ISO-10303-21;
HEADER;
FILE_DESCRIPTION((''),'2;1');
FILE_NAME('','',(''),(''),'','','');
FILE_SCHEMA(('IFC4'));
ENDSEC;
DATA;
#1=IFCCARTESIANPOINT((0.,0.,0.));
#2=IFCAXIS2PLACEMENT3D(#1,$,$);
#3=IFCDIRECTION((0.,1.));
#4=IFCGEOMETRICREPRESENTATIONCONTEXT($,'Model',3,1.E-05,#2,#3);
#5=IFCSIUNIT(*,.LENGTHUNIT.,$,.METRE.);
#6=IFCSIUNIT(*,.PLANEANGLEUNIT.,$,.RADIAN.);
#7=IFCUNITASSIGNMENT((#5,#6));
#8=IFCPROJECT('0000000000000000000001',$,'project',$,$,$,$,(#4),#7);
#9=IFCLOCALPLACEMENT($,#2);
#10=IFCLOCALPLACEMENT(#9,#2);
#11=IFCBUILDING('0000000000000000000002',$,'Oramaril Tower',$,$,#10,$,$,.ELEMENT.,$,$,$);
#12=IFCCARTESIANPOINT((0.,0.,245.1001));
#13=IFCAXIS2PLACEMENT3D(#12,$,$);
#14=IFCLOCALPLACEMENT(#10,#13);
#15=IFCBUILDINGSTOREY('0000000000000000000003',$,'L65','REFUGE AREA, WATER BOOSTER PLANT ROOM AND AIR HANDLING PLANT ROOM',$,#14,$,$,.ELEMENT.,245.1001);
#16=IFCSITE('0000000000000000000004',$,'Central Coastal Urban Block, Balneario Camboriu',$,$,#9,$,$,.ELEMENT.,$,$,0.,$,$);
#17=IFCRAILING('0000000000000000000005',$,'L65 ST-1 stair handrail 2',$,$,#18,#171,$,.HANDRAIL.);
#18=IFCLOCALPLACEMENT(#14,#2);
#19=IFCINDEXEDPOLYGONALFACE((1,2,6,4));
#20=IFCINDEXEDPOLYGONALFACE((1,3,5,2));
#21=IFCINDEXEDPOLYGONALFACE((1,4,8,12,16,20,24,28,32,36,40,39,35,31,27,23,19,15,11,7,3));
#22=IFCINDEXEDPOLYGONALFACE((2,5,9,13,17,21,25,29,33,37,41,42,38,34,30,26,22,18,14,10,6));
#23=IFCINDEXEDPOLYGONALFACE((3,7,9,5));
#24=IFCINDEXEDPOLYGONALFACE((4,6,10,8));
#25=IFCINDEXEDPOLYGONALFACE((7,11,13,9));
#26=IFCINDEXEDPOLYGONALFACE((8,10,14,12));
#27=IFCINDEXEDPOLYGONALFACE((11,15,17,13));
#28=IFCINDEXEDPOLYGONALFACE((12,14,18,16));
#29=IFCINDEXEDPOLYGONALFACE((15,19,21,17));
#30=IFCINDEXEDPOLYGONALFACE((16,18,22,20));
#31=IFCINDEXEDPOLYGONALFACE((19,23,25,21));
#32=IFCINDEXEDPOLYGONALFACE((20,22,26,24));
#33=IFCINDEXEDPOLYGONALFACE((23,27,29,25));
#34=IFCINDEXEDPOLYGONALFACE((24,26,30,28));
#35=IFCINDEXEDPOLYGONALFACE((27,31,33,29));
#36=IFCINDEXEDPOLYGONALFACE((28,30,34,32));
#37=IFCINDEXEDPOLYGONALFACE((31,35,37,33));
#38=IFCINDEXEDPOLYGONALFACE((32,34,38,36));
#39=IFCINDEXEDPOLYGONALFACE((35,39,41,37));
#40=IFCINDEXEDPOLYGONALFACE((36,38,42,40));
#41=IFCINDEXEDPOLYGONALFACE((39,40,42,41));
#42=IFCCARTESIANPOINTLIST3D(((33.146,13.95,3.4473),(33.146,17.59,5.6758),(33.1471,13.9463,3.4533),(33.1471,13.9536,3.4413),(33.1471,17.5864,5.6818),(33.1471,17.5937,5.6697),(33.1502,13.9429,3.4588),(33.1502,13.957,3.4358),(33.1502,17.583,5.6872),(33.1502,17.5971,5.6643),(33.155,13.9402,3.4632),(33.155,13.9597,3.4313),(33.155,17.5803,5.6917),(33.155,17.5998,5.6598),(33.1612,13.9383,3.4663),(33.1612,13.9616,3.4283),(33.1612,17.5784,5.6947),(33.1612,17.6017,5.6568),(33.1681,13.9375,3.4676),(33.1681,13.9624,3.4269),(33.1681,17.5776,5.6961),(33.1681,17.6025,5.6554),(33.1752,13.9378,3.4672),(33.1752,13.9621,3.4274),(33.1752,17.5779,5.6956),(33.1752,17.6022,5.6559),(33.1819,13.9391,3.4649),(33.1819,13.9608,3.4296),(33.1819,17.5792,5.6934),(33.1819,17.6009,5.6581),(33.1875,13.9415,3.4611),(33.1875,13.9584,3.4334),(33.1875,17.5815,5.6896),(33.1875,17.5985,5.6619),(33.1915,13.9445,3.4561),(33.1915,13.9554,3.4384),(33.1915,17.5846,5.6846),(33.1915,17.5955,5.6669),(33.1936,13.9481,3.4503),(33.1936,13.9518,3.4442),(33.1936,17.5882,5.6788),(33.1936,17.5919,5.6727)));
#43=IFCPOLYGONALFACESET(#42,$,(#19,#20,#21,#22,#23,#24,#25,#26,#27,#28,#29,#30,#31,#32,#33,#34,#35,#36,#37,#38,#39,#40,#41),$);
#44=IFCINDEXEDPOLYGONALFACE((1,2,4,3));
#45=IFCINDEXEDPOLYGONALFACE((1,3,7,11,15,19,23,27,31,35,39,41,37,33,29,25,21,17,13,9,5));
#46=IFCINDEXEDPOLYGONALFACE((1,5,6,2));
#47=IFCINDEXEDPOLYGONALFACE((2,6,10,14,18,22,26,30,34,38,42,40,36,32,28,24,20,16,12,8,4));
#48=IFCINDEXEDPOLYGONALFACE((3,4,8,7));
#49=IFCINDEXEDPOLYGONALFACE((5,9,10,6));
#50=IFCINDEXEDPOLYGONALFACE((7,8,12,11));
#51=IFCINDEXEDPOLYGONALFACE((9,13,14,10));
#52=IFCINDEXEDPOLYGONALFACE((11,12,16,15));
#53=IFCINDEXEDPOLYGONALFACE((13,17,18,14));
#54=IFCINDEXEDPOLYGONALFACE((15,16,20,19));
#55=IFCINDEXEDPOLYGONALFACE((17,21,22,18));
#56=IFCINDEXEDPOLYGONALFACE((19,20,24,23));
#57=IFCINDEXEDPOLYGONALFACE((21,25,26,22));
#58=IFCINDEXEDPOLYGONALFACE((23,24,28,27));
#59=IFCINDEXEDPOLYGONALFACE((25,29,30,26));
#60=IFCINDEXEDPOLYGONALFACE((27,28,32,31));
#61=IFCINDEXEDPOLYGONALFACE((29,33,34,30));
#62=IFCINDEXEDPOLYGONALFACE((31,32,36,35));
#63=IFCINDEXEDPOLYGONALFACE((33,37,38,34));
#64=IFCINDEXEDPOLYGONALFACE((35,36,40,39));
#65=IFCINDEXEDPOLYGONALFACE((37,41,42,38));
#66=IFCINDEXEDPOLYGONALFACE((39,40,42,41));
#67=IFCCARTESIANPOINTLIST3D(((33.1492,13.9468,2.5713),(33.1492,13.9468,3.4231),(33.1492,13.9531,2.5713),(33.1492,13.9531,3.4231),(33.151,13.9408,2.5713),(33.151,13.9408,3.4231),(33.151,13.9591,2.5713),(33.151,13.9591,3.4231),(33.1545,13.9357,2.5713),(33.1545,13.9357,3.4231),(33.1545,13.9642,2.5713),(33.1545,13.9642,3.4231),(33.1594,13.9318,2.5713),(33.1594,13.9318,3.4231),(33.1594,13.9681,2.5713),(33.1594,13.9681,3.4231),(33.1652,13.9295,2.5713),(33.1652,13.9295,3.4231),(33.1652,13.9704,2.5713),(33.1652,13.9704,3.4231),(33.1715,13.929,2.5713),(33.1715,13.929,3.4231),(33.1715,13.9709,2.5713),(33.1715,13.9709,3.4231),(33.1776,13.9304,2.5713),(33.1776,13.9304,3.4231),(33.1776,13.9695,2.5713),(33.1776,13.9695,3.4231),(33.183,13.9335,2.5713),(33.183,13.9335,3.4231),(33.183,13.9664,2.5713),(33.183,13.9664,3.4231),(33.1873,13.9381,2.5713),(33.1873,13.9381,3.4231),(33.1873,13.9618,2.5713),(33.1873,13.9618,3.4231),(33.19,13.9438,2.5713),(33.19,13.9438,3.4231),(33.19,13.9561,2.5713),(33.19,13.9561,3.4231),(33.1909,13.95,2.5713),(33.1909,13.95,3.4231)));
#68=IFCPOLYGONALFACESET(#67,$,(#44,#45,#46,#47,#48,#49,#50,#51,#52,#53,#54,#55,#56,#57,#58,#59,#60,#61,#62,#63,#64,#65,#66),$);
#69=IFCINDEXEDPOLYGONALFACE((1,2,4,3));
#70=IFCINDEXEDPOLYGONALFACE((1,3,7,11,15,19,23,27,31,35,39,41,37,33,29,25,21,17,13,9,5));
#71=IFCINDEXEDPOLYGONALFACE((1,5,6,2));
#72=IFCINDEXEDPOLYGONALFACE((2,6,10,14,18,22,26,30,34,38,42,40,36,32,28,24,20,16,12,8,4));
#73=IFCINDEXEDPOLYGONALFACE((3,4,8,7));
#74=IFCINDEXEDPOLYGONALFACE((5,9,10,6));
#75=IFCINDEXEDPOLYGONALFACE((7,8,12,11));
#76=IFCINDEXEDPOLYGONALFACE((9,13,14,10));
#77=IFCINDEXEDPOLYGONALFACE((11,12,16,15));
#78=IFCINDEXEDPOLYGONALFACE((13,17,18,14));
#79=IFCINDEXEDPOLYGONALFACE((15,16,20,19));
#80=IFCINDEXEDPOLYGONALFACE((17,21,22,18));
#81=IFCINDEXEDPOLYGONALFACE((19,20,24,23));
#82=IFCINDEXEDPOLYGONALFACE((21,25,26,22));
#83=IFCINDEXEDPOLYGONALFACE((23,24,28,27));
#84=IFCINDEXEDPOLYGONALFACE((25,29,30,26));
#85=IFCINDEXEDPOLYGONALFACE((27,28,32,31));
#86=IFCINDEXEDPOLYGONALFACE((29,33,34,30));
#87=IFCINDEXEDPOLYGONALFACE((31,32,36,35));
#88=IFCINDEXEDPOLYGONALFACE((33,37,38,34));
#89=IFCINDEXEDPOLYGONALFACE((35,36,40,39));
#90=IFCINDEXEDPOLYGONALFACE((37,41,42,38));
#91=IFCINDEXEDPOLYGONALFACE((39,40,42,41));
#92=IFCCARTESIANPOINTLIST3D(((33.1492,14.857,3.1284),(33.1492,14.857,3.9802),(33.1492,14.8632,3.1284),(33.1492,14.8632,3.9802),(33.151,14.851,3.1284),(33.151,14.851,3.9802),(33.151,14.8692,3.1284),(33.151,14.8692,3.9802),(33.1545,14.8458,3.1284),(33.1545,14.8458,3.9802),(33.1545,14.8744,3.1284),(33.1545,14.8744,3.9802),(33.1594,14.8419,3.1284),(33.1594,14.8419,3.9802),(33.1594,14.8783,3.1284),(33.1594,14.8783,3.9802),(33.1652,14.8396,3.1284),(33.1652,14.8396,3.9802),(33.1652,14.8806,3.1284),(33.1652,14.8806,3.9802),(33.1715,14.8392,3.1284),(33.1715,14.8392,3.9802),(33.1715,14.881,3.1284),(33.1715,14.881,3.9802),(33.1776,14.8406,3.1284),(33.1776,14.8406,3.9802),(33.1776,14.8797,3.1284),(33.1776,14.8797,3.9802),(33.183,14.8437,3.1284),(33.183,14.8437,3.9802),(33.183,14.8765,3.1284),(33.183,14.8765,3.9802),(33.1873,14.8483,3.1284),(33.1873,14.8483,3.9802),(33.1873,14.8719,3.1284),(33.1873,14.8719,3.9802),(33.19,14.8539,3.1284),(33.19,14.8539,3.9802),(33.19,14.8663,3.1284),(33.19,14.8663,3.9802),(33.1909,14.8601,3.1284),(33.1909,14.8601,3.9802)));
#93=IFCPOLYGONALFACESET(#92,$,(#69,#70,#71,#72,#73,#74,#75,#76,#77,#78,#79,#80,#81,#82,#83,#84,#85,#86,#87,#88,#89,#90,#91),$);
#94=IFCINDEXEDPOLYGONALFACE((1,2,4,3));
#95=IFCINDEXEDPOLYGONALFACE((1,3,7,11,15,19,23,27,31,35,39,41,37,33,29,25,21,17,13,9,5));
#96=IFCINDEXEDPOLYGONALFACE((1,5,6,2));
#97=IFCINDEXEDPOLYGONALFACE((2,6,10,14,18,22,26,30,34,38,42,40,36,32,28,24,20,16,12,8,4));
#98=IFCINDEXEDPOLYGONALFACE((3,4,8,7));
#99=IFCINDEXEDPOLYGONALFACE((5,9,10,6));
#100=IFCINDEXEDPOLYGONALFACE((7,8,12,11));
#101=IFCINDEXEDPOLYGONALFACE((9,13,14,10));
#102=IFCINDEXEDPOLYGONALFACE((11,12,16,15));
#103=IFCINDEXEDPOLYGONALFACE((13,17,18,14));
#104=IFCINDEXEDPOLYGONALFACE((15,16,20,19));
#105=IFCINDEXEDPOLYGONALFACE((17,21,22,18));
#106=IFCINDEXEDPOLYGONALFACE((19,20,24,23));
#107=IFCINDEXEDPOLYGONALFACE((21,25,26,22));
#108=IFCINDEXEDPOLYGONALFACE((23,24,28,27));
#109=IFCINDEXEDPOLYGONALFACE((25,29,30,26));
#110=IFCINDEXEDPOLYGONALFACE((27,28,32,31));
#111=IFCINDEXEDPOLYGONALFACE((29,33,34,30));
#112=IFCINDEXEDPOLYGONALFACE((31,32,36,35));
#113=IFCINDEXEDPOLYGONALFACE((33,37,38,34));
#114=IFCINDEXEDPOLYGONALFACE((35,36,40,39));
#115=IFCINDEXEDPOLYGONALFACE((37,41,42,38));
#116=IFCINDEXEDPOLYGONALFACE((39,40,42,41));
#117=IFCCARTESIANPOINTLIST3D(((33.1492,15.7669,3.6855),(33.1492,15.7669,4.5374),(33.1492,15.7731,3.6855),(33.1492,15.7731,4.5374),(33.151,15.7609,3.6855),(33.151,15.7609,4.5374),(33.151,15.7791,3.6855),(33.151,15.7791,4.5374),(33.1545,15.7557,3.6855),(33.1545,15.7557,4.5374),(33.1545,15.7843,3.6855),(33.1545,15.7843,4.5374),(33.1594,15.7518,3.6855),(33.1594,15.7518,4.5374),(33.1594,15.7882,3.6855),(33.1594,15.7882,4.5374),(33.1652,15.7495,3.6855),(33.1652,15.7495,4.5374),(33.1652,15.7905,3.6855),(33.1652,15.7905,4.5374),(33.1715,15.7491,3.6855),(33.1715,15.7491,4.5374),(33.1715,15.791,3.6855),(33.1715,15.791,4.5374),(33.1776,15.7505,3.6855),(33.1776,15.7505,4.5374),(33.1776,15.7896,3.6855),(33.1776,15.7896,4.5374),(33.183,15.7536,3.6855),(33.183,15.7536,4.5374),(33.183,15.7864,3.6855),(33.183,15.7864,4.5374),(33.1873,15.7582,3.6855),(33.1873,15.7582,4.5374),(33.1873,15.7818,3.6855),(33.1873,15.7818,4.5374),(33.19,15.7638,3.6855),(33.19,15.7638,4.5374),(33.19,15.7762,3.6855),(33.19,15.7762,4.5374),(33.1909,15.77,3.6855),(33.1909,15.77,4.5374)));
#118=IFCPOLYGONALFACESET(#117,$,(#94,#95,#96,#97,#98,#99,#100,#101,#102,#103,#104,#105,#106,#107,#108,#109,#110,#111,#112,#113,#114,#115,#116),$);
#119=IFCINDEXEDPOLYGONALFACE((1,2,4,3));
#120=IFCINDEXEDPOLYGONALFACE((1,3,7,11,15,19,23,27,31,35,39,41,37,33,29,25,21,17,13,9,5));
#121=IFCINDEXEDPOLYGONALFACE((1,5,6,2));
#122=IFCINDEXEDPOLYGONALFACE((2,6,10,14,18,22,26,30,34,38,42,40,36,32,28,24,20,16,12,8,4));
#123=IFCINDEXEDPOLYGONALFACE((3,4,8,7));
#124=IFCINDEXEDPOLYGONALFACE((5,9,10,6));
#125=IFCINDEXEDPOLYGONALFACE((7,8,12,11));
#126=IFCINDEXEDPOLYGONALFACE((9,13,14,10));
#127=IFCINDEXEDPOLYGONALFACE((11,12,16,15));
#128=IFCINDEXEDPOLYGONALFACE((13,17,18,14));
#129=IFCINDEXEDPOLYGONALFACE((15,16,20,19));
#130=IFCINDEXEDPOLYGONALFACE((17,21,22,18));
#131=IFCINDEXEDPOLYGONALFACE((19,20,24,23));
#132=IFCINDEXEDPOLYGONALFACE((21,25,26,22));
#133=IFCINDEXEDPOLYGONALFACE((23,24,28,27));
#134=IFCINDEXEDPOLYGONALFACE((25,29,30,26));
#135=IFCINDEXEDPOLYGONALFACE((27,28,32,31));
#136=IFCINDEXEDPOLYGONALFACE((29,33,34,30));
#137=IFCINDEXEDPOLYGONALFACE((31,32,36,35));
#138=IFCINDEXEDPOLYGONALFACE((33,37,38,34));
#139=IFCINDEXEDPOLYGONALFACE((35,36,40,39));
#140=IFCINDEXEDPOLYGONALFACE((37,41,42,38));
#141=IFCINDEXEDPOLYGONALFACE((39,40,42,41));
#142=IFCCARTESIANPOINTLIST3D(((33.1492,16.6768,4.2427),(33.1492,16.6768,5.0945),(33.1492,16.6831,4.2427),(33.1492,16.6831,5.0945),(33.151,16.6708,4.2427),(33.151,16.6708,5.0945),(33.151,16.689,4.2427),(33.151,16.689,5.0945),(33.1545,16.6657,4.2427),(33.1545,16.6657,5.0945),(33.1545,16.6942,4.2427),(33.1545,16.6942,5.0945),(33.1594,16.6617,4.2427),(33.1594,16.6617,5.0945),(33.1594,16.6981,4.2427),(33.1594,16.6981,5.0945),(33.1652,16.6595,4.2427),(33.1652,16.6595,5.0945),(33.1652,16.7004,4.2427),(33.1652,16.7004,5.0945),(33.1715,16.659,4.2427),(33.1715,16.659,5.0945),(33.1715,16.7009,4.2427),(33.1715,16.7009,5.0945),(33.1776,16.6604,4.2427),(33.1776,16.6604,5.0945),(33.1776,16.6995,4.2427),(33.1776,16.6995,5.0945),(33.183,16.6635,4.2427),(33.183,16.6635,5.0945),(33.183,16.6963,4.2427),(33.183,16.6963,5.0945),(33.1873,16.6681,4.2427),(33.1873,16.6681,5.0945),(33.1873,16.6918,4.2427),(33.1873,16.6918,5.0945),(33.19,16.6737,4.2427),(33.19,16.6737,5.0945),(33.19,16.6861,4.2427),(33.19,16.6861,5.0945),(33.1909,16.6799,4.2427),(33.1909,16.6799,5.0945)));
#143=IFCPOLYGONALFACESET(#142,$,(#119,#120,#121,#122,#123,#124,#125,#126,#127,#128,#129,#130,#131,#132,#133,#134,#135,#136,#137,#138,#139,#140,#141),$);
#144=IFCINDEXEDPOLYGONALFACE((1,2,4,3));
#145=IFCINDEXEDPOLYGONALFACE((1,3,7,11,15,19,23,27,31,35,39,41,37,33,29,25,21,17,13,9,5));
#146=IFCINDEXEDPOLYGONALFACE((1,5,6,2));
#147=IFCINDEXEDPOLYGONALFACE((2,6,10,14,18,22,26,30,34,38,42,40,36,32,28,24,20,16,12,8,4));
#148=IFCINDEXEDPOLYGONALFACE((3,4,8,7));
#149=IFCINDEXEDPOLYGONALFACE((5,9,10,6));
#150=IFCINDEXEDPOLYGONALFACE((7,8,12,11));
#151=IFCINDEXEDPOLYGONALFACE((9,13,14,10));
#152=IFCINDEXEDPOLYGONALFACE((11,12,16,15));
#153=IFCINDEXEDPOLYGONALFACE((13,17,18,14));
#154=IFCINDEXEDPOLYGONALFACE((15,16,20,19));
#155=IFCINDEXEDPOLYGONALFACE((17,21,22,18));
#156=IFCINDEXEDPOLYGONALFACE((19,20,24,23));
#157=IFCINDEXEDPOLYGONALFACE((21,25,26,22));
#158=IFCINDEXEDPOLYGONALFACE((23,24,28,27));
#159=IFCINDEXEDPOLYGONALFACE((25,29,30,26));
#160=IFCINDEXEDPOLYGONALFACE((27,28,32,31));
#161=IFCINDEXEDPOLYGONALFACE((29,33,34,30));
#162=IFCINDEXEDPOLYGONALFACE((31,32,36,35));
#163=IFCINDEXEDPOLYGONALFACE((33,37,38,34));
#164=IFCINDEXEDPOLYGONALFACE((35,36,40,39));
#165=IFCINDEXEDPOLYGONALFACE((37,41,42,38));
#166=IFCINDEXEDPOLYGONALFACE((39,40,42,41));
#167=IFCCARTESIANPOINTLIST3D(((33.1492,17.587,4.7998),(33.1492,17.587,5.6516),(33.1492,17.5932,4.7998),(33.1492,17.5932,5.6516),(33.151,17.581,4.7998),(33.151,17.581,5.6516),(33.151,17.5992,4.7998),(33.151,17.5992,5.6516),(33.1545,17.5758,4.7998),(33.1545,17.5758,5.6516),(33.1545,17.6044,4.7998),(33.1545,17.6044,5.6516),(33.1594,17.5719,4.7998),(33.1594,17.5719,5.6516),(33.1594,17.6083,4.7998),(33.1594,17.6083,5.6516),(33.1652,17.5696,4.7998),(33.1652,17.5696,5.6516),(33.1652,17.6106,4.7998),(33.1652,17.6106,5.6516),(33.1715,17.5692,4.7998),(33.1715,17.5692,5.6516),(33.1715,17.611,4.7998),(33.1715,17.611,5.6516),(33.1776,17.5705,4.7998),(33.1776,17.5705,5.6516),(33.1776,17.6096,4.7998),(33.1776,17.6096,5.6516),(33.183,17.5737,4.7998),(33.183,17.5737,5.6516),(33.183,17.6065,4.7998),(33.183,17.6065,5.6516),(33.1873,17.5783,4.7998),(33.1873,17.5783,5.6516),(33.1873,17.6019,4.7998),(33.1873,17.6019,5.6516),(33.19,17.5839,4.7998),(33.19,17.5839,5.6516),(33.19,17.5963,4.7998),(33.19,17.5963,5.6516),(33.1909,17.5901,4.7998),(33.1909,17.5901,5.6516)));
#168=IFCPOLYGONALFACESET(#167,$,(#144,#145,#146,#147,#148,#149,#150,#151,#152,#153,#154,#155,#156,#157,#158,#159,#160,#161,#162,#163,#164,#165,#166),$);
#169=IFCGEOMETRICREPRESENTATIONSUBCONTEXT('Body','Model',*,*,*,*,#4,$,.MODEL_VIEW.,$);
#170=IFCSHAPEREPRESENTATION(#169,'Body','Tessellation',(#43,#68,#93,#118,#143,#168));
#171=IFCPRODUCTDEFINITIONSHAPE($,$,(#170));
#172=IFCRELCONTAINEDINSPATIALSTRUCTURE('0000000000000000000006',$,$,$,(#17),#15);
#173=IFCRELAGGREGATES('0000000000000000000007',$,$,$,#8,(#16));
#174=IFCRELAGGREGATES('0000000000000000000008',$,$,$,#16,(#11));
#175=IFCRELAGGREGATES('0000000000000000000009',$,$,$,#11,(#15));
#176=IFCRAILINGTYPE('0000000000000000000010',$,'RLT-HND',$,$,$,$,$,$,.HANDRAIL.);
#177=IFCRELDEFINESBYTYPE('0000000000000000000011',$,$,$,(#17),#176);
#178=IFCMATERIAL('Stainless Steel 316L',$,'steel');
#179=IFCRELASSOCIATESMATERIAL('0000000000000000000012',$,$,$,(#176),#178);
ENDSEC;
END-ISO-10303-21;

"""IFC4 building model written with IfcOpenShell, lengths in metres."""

from ifc_helpers import new_model, si_unit, direction, frame, origin, origin_2d, place, context, subcontext, project, spatial, circle, extrude, material, type_object, element, save


model = new_model("IFC4")

# Units and contexts
model_context = context("Model", 3, precision=1e-05, world=origin(), true_north=direction((0.0, 1.0)))
body_context = subcontext(model_context, "Body", "Model", "MODEL_VIEW")
ifc_project = project(units=[si_unit("LENGTHUNIT", "METRE"), si_unit("PLANEANGLEUNIT", "RADIAN")], contexts=[model_context])

# Site, building, storey
site_placement = place(None, origin())
site = spatial("IfcSite", under=ifc_project, at=site_placement, Name="Central Coastal Urban Block, Balneario Camboriu", CompositionType="ELEMENT", RefElevation=0.0)
building_placement = place(site_placement, origin())
building = spatial("IfcBuilding", under=site, at=building_placement, Name="Oramaril Tower", CompositionType="ELEMENT")
storey_placement = place(building_placement, frame((0.0, 0.0, 245.1001)))
storey = spatial("IfcBuildingStorey", under=building, at=storey_placement, Name="L65", Description="REFUGE AREA, WATER BOOSTER PLANT ROOM AND AIR HANDLING PLANT ROOM", CompositionType="ELEMENT", Elevation=245.1001)

# Railing
ifc_material_1 = material(Name="Stainless Steel 316L", Category="steel")
railing_type_1 = type_object("IfcRailingType", Name="RLT-HND", PredefinedType="HANDRAIL", material=ifc_material_1)
railing_1_placement = place(storey_placement, frame((33.1699, 13.95, 2.5713)))
element("IfcRailing", 1, at=railing_1_placement, inside=storey, type_object=railing_type_1, Name="L65 ST-1 stair handrail 2", PredefinedType="HANDRAIL", context=body_context, shape_type="SweptSolid", body=[
    extrude(circle(Radius=0.0239, at=origin_2d()), frame((0.0, 0.0, 0.876), z_axis=(0.0, 0.852866, 0.52213), x_axis=(-1.0, 0.0, 0.0)), (0.0, 0.0, 1.0), 4.2681),
    extrude(circle(Radius=0.021, at=origin_2d()), origin(), (0.0, 0.0, 1.0), 0.8518),
    extrude(circle(Radius=0.021, at=origin_2d()), frame((0.0, 0.9102, 0.5571)), (0.0, 0.0, 1.0), 0.8518),
    extrude(circle(Radius=0.021, at=origin_2d()), frame((0.0, 1.8201, 1.1143)), (0.0, 0.0, 1.0), 0.8518),
    extrude(circle(Radius=0.021, at=origin_2d()), frame((0.0, 2.73, 1.6714)), (0.0, 0.0, 1.0), 0.8518),
    extrude(circle(Radius=0.021, at=origin_2d()), frame((0.0, 3.6401, 2.2285)), (0.0, 0.0, 1.0), 0.8518),
])

save(model, "model.ifc")
